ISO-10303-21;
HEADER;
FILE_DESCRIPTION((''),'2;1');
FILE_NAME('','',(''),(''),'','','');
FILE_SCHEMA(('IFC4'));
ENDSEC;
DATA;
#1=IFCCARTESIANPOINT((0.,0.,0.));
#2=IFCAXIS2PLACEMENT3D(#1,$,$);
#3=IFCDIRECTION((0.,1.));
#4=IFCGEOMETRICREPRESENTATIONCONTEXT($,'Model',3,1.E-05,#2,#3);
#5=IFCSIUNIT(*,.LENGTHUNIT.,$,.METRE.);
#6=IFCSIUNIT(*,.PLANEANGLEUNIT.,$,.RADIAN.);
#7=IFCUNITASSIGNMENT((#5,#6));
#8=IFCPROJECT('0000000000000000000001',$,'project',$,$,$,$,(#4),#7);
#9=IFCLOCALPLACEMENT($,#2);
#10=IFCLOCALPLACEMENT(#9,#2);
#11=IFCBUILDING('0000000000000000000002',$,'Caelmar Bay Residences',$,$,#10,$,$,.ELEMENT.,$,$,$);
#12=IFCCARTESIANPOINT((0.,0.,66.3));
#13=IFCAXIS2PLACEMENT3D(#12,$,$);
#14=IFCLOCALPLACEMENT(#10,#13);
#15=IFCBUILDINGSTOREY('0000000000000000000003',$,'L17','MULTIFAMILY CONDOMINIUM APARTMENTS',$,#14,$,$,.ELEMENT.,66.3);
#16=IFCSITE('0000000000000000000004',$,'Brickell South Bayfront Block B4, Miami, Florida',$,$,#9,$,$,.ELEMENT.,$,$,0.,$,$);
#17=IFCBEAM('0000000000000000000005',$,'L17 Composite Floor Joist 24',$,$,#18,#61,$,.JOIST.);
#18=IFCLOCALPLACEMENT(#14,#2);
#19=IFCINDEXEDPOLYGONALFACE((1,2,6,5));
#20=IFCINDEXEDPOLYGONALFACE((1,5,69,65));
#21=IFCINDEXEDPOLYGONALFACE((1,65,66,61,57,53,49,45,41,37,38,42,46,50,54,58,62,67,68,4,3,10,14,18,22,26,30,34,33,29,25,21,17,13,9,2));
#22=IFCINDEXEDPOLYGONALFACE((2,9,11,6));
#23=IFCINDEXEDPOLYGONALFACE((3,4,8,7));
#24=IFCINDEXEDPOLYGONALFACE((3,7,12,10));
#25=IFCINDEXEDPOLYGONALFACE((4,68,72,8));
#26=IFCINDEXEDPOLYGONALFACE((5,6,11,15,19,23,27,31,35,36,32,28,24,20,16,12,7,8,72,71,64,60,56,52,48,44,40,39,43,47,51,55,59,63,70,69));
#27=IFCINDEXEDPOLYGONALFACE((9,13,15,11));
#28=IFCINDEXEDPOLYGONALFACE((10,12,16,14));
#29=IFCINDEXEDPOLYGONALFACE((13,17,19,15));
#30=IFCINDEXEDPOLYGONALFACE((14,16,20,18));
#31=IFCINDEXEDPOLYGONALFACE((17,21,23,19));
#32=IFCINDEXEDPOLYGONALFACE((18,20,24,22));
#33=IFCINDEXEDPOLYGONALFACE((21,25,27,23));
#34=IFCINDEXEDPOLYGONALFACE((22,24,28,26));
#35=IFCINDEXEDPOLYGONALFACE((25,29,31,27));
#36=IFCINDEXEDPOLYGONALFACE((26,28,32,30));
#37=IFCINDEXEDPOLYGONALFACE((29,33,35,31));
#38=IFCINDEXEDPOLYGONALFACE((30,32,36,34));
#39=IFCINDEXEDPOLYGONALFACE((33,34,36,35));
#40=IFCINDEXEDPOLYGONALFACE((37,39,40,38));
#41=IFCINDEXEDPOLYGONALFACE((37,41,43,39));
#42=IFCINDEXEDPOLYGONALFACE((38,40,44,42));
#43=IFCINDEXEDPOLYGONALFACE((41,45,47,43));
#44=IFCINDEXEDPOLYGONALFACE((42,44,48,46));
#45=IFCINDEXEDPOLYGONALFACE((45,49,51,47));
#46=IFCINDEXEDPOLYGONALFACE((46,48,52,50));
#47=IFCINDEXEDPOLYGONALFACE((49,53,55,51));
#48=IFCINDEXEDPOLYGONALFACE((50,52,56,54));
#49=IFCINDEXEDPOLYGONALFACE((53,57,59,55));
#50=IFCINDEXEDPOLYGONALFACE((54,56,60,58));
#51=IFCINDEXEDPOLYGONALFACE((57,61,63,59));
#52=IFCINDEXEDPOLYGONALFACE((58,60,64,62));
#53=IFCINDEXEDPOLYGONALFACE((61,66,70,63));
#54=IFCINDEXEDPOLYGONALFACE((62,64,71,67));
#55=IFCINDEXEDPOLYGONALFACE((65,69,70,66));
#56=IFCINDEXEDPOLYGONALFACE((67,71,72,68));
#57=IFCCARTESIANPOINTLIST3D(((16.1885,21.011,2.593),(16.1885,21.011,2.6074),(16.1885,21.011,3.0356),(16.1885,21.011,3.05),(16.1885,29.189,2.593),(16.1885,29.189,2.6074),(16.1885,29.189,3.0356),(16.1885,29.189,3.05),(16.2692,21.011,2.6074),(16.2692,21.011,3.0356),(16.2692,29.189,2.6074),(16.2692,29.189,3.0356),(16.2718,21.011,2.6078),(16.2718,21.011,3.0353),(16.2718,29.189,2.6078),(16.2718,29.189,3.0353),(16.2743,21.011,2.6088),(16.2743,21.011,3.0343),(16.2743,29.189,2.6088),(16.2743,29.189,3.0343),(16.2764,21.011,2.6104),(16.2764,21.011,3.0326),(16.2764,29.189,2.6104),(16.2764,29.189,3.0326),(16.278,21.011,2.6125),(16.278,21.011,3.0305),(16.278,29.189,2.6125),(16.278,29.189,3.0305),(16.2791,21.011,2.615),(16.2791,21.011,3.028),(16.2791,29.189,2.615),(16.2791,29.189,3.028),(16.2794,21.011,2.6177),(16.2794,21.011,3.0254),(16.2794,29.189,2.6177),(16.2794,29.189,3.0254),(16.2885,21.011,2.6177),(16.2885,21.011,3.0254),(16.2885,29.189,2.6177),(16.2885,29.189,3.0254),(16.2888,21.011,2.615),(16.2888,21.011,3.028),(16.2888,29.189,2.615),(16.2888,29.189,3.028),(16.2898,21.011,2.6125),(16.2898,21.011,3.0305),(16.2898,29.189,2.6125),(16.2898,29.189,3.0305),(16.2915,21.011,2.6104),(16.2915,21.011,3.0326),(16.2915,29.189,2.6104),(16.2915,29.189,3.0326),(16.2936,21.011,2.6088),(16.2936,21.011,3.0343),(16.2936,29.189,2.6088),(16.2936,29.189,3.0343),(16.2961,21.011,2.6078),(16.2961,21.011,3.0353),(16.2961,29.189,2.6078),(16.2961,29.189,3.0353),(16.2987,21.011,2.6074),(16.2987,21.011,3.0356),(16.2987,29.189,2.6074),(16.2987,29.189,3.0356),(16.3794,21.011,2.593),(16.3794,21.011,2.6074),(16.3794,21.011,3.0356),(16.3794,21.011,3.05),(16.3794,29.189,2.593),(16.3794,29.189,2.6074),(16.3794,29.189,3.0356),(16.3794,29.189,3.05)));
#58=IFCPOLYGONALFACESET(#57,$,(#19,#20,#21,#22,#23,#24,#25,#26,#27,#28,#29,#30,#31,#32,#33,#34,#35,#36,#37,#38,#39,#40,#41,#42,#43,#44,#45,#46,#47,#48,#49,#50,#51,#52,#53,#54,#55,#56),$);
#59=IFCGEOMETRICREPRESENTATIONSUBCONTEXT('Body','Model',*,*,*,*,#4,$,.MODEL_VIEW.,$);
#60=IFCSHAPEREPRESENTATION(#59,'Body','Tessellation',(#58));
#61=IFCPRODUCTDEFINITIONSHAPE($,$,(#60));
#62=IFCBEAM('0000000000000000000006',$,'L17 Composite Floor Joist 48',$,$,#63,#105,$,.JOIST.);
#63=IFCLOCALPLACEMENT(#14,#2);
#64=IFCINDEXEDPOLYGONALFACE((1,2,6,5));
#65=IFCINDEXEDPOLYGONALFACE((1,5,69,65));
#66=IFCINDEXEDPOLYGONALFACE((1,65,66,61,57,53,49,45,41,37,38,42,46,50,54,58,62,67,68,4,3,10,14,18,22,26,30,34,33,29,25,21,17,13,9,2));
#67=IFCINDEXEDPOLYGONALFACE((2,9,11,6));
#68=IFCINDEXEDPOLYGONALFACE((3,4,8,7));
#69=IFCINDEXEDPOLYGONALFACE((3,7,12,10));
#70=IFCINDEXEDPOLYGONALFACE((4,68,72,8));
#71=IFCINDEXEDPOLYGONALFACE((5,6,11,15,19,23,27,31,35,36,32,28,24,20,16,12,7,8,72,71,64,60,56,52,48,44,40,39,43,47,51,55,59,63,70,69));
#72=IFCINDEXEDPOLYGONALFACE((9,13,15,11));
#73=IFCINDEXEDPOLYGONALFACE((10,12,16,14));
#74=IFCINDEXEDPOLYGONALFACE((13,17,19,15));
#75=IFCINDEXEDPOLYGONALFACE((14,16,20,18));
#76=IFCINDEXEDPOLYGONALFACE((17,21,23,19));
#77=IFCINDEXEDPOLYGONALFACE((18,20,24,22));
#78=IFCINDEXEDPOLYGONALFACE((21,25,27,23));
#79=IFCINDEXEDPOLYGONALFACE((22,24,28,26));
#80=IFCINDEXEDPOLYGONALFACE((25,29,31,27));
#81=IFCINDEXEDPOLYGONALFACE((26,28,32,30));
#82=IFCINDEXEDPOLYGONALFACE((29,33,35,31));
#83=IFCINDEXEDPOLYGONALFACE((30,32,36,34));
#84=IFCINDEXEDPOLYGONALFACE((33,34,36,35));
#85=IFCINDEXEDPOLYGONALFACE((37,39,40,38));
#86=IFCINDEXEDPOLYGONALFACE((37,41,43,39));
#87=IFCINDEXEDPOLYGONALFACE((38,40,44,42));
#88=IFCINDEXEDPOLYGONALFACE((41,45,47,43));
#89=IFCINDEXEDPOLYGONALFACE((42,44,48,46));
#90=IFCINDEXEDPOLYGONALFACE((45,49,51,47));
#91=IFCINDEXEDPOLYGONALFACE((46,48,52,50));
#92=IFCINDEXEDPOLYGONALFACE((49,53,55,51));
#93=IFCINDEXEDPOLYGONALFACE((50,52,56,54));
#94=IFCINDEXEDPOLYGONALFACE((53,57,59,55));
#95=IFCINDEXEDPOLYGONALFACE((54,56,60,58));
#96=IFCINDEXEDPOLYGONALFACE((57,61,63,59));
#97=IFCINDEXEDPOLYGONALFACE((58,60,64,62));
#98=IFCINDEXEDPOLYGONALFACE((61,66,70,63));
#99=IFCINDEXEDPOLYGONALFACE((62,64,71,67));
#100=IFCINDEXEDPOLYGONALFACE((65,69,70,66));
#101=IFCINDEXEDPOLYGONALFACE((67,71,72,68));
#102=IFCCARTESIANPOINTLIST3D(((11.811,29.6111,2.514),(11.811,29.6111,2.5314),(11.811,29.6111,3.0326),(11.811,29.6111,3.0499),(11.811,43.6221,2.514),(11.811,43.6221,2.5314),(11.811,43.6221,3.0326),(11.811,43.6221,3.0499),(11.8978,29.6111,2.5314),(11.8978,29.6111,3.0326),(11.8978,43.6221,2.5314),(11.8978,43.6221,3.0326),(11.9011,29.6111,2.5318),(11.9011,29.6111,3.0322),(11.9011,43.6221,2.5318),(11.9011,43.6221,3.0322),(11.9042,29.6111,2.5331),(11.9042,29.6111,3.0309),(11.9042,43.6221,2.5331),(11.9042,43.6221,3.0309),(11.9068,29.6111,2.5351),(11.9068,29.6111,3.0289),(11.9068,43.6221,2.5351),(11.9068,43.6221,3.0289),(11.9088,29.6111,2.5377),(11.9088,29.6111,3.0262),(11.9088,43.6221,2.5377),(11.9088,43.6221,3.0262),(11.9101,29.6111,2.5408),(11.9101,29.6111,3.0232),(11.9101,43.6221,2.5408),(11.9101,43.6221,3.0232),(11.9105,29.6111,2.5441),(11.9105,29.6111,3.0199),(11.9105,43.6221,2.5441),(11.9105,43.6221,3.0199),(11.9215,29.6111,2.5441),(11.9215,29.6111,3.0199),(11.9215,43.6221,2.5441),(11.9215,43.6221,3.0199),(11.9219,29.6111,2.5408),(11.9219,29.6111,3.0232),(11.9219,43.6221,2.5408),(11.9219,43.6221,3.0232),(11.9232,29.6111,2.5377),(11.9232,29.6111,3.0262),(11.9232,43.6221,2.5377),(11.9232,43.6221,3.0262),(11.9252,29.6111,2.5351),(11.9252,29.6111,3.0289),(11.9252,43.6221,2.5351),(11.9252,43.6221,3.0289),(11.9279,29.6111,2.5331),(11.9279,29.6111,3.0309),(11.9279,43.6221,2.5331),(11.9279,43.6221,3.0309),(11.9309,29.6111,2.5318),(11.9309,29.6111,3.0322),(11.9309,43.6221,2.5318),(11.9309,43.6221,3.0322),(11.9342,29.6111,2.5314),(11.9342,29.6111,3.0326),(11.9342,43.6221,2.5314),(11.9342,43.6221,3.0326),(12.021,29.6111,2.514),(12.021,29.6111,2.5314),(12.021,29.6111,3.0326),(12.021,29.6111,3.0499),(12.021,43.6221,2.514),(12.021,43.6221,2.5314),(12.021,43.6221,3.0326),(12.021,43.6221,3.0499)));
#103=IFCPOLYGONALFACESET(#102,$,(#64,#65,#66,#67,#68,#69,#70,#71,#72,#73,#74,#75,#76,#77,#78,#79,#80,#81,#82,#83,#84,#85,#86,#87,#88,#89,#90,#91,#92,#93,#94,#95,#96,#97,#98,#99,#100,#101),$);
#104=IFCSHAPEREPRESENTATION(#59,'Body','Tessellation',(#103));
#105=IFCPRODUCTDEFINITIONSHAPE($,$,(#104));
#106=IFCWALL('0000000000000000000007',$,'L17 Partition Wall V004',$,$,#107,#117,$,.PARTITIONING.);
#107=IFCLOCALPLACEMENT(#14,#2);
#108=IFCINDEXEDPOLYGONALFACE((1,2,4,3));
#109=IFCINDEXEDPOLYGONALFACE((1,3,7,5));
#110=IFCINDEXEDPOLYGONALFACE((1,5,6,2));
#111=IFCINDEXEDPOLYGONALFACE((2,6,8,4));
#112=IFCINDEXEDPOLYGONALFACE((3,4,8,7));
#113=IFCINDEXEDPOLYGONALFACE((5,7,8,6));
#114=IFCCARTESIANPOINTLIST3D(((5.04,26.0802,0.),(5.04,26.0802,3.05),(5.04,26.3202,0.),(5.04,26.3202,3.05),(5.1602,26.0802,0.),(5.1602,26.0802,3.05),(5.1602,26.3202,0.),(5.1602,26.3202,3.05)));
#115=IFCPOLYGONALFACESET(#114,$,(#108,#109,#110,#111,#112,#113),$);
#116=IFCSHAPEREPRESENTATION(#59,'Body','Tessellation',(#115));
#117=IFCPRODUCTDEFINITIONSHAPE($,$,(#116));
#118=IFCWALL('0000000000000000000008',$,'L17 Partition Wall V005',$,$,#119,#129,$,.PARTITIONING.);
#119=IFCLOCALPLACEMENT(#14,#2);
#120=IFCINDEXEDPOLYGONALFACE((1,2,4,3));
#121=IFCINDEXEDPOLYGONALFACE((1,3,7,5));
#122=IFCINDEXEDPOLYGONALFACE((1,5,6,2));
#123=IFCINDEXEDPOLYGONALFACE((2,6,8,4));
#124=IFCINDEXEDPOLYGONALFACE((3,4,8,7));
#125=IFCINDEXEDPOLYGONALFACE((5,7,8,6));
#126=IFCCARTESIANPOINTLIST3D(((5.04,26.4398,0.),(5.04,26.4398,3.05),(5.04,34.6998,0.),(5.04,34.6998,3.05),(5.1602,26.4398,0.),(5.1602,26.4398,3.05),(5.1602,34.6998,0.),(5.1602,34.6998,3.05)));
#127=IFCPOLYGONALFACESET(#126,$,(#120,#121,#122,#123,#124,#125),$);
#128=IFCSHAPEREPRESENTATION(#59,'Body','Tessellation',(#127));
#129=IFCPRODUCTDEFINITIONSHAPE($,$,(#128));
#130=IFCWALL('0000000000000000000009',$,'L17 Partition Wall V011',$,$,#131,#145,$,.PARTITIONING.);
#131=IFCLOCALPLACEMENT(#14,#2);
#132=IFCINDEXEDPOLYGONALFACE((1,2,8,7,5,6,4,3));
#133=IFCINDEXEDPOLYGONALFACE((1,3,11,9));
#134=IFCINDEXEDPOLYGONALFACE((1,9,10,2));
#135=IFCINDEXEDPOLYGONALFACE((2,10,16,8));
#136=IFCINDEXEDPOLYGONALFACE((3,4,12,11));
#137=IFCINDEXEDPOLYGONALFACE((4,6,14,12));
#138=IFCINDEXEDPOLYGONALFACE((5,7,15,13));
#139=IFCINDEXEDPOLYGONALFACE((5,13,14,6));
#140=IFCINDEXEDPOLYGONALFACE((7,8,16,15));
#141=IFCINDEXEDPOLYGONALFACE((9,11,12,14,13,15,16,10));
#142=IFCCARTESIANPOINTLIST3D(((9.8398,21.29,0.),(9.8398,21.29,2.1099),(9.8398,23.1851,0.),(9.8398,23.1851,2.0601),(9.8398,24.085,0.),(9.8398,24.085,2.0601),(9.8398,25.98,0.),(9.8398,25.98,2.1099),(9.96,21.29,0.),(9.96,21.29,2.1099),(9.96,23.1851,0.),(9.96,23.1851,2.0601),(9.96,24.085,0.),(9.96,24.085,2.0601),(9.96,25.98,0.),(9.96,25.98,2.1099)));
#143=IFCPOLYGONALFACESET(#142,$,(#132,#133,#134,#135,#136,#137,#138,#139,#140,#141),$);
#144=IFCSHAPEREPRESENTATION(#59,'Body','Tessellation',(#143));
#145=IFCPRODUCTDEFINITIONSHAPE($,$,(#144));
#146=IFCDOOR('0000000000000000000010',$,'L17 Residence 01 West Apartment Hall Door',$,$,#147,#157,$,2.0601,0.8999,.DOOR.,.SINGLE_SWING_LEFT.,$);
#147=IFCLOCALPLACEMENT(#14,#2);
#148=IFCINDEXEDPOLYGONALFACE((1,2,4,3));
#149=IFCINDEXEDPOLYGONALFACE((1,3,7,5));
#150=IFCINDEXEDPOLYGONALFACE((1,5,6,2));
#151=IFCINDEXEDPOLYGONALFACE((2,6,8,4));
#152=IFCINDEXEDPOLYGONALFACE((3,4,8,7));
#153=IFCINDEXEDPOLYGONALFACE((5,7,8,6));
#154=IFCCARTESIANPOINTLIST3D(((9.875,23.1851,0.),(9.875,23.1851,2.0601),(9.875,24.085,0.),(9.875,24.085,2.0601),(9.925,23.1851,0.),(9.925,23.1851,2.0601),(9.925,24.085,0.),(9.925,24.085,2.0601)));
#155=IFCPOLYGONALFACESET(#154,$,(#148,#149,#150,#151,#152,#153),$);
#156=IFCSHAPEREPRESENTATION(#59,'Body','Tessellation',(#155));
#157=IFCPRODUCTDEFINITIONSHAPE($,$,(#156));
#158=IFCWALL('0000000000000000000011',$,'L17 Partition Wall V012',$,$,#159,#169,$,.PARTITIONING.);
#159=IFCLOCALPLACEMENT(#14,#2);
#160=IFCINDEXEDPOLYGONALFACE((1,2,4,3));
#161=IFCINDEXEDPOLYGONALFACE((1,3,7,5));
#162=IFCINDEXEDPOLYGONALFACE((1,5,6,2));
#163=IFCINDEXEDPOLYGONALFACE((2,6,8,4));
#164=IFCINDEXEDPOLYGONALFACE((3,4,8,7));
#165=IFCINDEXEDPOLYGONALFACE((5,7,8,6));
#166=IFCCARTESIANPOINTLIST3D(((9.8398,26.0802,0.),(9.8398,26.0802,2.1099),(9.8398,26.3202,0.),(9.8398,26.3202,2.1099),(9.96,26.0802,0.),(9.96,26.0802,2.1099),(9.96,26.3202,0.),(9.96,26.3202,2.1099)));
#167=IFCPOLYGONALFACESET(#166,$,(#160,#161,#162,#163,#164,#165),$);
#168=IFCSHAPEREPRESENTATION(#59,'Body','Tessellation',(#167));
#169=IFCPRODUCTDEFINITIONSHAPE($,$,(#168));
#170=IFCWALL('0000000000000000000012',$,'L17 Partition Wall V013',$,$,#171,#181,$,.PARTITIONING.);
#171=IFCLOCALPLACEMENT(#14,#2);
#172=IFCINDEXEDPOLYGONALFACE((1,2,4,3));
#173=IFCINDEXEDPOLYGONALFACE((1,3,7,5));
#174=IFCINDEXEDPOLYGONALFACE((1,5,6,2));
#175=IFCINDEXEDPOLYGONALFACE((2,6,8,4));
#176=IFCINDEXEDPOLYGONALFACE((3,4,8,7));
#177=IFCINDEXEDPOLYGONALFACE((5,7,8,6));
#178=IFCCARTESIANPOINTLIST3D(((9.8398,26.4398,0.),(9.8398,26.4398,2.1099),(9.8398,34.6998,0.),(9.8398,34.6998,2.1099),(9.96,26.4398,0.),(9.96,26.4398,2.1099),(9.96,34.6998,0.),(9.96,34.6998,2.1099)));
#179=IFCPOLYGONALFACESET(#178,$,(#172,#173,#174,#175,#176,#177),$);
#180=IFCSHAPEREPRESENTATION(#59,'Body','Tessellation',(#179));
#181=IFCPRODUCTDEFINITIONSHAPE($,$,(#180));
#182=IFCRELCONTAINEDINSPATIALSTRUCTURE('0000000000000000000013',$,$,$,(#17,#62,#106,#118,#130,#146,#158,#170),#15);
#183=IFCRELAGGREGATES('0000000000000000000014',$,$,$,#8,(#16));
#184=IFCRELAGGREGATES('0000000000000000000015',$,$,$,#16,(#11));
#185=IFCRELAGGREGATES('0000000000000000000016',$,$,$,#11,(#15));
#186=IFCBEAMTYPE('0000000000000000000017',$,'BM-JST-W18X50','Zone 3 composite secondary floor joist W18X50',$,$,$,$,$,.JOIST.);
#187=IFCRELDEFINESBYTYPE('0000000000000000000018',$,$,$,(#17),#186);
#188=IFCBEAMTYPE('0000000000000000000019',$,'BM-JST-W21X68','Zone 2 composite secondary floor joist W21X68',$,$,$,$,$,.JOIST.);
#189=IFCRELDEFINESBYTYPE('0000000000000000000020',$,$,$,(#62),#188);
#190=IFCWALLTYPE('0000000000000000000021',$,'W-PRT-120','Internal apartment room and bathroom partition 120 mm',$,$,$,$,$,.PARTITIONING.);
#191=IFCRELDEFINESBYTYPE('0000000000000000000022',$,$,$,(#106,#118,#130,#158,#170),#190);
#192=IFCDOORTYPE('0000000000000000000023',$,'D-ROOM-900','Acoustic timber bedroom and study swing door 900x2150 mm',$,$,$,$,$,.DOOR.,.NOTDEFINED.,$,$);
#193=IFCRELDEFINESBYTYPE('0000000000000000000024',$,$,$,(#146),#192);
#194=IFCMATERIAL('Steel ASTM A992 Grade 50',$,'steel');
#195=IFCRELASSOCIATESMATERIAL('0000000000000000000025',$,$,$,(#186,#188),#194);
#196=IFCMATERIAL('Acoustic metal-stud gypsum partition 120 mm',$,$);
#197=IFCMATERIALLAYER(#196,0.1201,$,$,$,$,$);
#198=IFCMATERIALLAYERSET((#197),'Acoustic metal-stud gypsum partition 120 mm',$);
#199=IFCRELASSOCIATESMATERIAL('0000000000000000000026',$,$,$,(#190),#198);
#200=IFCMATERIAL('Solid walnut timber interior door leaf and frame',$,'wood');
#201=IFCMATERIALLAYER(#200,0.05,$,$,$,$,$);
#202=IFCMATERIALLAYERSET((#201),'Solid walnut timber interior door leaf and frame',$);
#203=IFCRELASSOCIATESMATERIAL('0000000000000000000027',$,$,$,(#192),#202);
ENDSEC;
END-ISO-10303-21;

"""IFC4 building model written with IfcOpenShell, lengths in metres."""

from ifc_helpers import new_model, si_unit, direction, frame, frame_2d, origin, origin_2d, place, context, subcontext, project, spatial, rectangle, i_section, extrude, material, layer, layer_set, material_profile, profile_set, type_object, element, fill, save


model = new_model("IFC4")

# Units and contexts
model_context = context("Model", 3, precision=1e-05, world=origin(), true_north=direction((0.0, 1.0)))
body_context = subcontext(model_context, "Body", "Model", "MODEL_VIEW")
ifc_project = project(units=[si_unit("LENGTHUNIT", "METRE"), si_unit("PLANEANGLEUNIT", "RADIAN")], contexts=[model_context])

# Site, building, storey
site_placement = place(None, origin())
site = spatial("IfcSite", under=ifc_project, at=site_placement, Name="Brickell South Bayfront Block B4, Miami, Florida", CompositionType="ELEMENT", RefElevation=0.0)
building_placement = place(site_placement, origin())
building = spatial("IfcBuilding", under=site, at=building_placement, Name="Caelmar Bay Residences", CompositionType="ELEMENT")
storey_placement = place(building_placement, frame((0.0, 0.0, 66.3)))
storey = spatial("IfcBuildingStorey", under=building, at=storey_placement, Name="L17", Description="MULTIFAMILY CONDOMINIUM APARTMENTS", CompositionType="ELEMENT", Elevation=66.3)

# Beams
ifc_material_1 = material(Name="Steel ASTM A992 Grade 50", Category="steel")
ifc_material_profile_1 = material_profile(ifc_material_1, i_section(OverallWidth=0.1909, OverallDepth=0.457, WebThickness=0.009, FlangeThickness=0.0144, FilletRadius=0.0103, at=origin_2d()), Name="W18X50")
ifc_profile_set_1 = profile_set([ifc_material_profile_1], Name="Steel ASTM A992 Grade 50")
beam_type_1 = type_object("IfcBeamType", Name="BM-JST-W18X50", Description="Zone 3 composite secondary floor joist W18X50", PredefinedType="JOIST", material=ifc_profile_set_1)
beam_1_placement = place(storey_placement, frame((16.2839, 21.011, 2.8215), z_axis=(0.0, 1.0, 0.0), x_axis=(-1.0, 0.0, 0.0)))
element("IfcBeam", 1, at=beam_1_placement, inside=storey, type_object=beam_type_1, Name="L17 Composite Floor Joist 24", PredefinedType="JOIST", context=body_context, shape_type="SweptSolid", body=[
    extrude(i_section(OverallWidth=0.1909, OverallDepth=0.457, WebThickness=0.009, FlangeThickness=0.0144, FilletRadius=0.0103, at=origin_2d()), origin(), (0.0, 0.0, 1.0), 8.178),
])
ifc_material_profile_2 = material_profile(ifc_material_1, i_section(OverallWidth=0.21, OverallDepth=0.5359, WebThickness=0.011, FlangeThickness=0.0173, FilletRadius=0.0127, at=origin_2d()), Name="W21X68")
ifc_profile_set_2 = profile_set([ifc_material_profile_2], Name="Steel ASTM A992 Grade 50")
beam_type_2 = type_object("IfcBeamType", Name="BM-JST-W21X68", Description="Zone 2 composite secondary floor joist W21X68", PredefinedType="JOIST", material=ifc_profile_set_2)
beam_2_placement = place(storey_placement, frame((11.916, 29.6111, 2.782), z_axis=(0.0, 1.0, 0.0), x_axis=(-1.0, 0.0, 0.0)))
element("IfcBeam", 2, at=beam_2_placement, inside=storey, type_object=beam_type_2, Name="L17 Composite Floor Joist 48", PredefinedType="JOIST", context=body_context, shape_type="SweptSolid", body=[
    extrude(i_section(OverallWidth=0.21, OverallDepth=0.5359, WebThickness=0.011, FlangeThickness=0.0173, FilletRadius=0.0127, at=origin_2d()), origin(), (0.0, 0.0, 1.0), 14.011),
])

# Walls
ifc_material_2 = material(Name="Acoustic metal-stud gypsum partition 120 mm")
ifc_layer_1 = layer(ifc_material_2, 0.1201)
ifc_layer_set_1 = layer_set([ifc_layer_1], Name="Acoustic metal-stud gypsum partition 120 mm")
wall_type = type_object("IfcWallType", Name="W-PRT-120", Description="Internal apartment room and bathroom partition 120 mm", PredefinedType="PARTITIONING", material=ifc_layer_set_1)
wall_1_placement = place(storey_placement, frame((5.1001, 26.0801, 0.0), z_axis=(0.0, 0.0, 1.0), x_axis=(0.0, 1.0, 0.0)))
element("IfcWall", 3, at=wall_1_placement, inside=storey, type_object=wall_type, Name="L17 Partition Wall V004", PredefinedType="PARTITIONING", context=body_context, shape_type="SweptSolid", body=[
    extrude(rectangle(XDim=0.24, YDim=0.1201, at=frame_2d((0.1201, 0.0))), origin(), (0.0, 0.0, 1.0), 3.05),
])
wall_2_placement = place(storey_placement, frame((5.1001, 26.4399, 0.0), z_axis=(0.0, 0.0, 1.0), x_axis=(0.0, 1.0, 0.0)))
element("IfcWall", 4, at=wall_2_placement, inside=storey, type_object=wall_type, Name="L17 Partition Wall V005", PredefinedType="PARTITIONING", context=body_context, shape_type="SweptSolid", body=[
    extrude(rectangle(XDim=8.26, YDim=0.1201, at=frame_2d((4.1299, 0.0))), origin(), (0.0, 0.0, 1.0), 3.05),
])

# Wall, opening, door
wall_3_placement = place(storey_placement, frame((9.8999, 21.29, 0.0), z_axis=(0.0, 0.0, 1.0), x_axis=(0.0, 1.0, 0.0)))
wall_3 = element("IfcWall", 5, at=wall_3_placement, inside=storey, type_object=wall_type, Name="L17 Partition Wall V011", PredefinedType="PARTITIONING", context=body_context, shape_type="SweptSolid", body=[
    extrude(rectangle(XDim=4.6899, YDim=0.1201, at=frame_2d((2.345, 0.0))), origin(), (0.0, 0.0, 1.0), 2.1099),
])
opening_1_placement = place(wall_3_placement, frame((1.895, 0.0, 0.0)))
opening_1 = element("IfcOpeningElement", 6, at=opening_1_placement, cuts=wall_3, PredefinedType="OPENING", context=body_context, shape_type="SweptSolid", body=[
    extrude(rectangle(XDim=0.8999, YDim=2.0601, at=frame_2d((0.45, 1.03))), frame((0.0, 0.0701, 0.0), z_axis=(0.0, -1.0, 0.0), x_axis=(1.0, 0.0, 0.0)), (0.0, 0.0, 1.0), 0.1401),
])
ifc_material_3 = material(Name="Solid walnut timber interior door leaf and frame", Category="wood")
ifc_layer_2 = layer(ifc_material_3, 0.05)
ifc_layer_set_2 = layer_set([ifc_layer_2], Name="Solid walnut timber interior door leaf and frame")
door_type_1 = type_object("IfcDoorType", Name="D-ROOM-900", Description="Acoustic timber bedroom and study swing door 900x2150 mm", OperationType="NOTDEFINED", PredefinedType="DOOR", material=ifc_layer_set_2)
door_1_placement = place(opening_1_placement, origin())
door_1 = element("IfcDoor", 7, at=door_1_placement, inside=storey, type_object=door_type_1, Name="L17 Residence 01 West Apartment Hall Door", OperationType="SINGLE_SWING_LEFT", OverallHeight=2.0601, OverallWidth=0.8999, PredefinedType="DOOR", context=body_context, shape_type="SweptSolid", body=[
    extrude(rectangle(XDim=0.8999, YDim=2.0601, at=frame_2d((0.45, 1.03))), frame((0.0, 0.0249, 0.0), z_axis=(0.0, -1.0, 0.0), x_axis=(1.0, 0.0, 0.0)), (0.0, 0.0, 1.0), 0.05),
])
fill(opening_1, door_1)

# Walls
wall_4_placement = place(storey_placement, frame((9.8999, 26.0801, 0.0), z_axis=(0.0, 0.0, 1.0), x_axis=(0.0, 1.0, 0.0)))
element("IfcWall", 8, at=wall_4_placement, inside=storey, type_object=wall_type, Name="L17 Partition Wall V012", PredefinedType="PARTITIONING", context=body_context, shape_type="SweptSolid", body=[
    extrude(rectangle(XDim=0.24, YDim=0.1201, at=frame_2d((0.1201, 0.0))), origin(), (0.0, 0.0, 1.0), 2.1099),
])
wall_5_placement = place(storey_placement, frame((9.8999, 26.4399, 0.0), z_axis=(0.0, 0.0, 1.0), x_axis=(0.0, 1.0, 0.0)))
element("IfcWall", 9, at=wall_5_placement, inside=storey, type_object=wall_type, Name="L17 Partition Wall V013", PredefinedType="PARTITIONING", context=body_context, shape_type="SweptSolid", body=[
    extrude(rectangle(XDim=8.26, YDim=0.1201, at=frame_2d((4.1299, 0.0))), origin(), (0.0, 0.0, 1.0), 2.1099),
])

save(model, "model.ifc")
